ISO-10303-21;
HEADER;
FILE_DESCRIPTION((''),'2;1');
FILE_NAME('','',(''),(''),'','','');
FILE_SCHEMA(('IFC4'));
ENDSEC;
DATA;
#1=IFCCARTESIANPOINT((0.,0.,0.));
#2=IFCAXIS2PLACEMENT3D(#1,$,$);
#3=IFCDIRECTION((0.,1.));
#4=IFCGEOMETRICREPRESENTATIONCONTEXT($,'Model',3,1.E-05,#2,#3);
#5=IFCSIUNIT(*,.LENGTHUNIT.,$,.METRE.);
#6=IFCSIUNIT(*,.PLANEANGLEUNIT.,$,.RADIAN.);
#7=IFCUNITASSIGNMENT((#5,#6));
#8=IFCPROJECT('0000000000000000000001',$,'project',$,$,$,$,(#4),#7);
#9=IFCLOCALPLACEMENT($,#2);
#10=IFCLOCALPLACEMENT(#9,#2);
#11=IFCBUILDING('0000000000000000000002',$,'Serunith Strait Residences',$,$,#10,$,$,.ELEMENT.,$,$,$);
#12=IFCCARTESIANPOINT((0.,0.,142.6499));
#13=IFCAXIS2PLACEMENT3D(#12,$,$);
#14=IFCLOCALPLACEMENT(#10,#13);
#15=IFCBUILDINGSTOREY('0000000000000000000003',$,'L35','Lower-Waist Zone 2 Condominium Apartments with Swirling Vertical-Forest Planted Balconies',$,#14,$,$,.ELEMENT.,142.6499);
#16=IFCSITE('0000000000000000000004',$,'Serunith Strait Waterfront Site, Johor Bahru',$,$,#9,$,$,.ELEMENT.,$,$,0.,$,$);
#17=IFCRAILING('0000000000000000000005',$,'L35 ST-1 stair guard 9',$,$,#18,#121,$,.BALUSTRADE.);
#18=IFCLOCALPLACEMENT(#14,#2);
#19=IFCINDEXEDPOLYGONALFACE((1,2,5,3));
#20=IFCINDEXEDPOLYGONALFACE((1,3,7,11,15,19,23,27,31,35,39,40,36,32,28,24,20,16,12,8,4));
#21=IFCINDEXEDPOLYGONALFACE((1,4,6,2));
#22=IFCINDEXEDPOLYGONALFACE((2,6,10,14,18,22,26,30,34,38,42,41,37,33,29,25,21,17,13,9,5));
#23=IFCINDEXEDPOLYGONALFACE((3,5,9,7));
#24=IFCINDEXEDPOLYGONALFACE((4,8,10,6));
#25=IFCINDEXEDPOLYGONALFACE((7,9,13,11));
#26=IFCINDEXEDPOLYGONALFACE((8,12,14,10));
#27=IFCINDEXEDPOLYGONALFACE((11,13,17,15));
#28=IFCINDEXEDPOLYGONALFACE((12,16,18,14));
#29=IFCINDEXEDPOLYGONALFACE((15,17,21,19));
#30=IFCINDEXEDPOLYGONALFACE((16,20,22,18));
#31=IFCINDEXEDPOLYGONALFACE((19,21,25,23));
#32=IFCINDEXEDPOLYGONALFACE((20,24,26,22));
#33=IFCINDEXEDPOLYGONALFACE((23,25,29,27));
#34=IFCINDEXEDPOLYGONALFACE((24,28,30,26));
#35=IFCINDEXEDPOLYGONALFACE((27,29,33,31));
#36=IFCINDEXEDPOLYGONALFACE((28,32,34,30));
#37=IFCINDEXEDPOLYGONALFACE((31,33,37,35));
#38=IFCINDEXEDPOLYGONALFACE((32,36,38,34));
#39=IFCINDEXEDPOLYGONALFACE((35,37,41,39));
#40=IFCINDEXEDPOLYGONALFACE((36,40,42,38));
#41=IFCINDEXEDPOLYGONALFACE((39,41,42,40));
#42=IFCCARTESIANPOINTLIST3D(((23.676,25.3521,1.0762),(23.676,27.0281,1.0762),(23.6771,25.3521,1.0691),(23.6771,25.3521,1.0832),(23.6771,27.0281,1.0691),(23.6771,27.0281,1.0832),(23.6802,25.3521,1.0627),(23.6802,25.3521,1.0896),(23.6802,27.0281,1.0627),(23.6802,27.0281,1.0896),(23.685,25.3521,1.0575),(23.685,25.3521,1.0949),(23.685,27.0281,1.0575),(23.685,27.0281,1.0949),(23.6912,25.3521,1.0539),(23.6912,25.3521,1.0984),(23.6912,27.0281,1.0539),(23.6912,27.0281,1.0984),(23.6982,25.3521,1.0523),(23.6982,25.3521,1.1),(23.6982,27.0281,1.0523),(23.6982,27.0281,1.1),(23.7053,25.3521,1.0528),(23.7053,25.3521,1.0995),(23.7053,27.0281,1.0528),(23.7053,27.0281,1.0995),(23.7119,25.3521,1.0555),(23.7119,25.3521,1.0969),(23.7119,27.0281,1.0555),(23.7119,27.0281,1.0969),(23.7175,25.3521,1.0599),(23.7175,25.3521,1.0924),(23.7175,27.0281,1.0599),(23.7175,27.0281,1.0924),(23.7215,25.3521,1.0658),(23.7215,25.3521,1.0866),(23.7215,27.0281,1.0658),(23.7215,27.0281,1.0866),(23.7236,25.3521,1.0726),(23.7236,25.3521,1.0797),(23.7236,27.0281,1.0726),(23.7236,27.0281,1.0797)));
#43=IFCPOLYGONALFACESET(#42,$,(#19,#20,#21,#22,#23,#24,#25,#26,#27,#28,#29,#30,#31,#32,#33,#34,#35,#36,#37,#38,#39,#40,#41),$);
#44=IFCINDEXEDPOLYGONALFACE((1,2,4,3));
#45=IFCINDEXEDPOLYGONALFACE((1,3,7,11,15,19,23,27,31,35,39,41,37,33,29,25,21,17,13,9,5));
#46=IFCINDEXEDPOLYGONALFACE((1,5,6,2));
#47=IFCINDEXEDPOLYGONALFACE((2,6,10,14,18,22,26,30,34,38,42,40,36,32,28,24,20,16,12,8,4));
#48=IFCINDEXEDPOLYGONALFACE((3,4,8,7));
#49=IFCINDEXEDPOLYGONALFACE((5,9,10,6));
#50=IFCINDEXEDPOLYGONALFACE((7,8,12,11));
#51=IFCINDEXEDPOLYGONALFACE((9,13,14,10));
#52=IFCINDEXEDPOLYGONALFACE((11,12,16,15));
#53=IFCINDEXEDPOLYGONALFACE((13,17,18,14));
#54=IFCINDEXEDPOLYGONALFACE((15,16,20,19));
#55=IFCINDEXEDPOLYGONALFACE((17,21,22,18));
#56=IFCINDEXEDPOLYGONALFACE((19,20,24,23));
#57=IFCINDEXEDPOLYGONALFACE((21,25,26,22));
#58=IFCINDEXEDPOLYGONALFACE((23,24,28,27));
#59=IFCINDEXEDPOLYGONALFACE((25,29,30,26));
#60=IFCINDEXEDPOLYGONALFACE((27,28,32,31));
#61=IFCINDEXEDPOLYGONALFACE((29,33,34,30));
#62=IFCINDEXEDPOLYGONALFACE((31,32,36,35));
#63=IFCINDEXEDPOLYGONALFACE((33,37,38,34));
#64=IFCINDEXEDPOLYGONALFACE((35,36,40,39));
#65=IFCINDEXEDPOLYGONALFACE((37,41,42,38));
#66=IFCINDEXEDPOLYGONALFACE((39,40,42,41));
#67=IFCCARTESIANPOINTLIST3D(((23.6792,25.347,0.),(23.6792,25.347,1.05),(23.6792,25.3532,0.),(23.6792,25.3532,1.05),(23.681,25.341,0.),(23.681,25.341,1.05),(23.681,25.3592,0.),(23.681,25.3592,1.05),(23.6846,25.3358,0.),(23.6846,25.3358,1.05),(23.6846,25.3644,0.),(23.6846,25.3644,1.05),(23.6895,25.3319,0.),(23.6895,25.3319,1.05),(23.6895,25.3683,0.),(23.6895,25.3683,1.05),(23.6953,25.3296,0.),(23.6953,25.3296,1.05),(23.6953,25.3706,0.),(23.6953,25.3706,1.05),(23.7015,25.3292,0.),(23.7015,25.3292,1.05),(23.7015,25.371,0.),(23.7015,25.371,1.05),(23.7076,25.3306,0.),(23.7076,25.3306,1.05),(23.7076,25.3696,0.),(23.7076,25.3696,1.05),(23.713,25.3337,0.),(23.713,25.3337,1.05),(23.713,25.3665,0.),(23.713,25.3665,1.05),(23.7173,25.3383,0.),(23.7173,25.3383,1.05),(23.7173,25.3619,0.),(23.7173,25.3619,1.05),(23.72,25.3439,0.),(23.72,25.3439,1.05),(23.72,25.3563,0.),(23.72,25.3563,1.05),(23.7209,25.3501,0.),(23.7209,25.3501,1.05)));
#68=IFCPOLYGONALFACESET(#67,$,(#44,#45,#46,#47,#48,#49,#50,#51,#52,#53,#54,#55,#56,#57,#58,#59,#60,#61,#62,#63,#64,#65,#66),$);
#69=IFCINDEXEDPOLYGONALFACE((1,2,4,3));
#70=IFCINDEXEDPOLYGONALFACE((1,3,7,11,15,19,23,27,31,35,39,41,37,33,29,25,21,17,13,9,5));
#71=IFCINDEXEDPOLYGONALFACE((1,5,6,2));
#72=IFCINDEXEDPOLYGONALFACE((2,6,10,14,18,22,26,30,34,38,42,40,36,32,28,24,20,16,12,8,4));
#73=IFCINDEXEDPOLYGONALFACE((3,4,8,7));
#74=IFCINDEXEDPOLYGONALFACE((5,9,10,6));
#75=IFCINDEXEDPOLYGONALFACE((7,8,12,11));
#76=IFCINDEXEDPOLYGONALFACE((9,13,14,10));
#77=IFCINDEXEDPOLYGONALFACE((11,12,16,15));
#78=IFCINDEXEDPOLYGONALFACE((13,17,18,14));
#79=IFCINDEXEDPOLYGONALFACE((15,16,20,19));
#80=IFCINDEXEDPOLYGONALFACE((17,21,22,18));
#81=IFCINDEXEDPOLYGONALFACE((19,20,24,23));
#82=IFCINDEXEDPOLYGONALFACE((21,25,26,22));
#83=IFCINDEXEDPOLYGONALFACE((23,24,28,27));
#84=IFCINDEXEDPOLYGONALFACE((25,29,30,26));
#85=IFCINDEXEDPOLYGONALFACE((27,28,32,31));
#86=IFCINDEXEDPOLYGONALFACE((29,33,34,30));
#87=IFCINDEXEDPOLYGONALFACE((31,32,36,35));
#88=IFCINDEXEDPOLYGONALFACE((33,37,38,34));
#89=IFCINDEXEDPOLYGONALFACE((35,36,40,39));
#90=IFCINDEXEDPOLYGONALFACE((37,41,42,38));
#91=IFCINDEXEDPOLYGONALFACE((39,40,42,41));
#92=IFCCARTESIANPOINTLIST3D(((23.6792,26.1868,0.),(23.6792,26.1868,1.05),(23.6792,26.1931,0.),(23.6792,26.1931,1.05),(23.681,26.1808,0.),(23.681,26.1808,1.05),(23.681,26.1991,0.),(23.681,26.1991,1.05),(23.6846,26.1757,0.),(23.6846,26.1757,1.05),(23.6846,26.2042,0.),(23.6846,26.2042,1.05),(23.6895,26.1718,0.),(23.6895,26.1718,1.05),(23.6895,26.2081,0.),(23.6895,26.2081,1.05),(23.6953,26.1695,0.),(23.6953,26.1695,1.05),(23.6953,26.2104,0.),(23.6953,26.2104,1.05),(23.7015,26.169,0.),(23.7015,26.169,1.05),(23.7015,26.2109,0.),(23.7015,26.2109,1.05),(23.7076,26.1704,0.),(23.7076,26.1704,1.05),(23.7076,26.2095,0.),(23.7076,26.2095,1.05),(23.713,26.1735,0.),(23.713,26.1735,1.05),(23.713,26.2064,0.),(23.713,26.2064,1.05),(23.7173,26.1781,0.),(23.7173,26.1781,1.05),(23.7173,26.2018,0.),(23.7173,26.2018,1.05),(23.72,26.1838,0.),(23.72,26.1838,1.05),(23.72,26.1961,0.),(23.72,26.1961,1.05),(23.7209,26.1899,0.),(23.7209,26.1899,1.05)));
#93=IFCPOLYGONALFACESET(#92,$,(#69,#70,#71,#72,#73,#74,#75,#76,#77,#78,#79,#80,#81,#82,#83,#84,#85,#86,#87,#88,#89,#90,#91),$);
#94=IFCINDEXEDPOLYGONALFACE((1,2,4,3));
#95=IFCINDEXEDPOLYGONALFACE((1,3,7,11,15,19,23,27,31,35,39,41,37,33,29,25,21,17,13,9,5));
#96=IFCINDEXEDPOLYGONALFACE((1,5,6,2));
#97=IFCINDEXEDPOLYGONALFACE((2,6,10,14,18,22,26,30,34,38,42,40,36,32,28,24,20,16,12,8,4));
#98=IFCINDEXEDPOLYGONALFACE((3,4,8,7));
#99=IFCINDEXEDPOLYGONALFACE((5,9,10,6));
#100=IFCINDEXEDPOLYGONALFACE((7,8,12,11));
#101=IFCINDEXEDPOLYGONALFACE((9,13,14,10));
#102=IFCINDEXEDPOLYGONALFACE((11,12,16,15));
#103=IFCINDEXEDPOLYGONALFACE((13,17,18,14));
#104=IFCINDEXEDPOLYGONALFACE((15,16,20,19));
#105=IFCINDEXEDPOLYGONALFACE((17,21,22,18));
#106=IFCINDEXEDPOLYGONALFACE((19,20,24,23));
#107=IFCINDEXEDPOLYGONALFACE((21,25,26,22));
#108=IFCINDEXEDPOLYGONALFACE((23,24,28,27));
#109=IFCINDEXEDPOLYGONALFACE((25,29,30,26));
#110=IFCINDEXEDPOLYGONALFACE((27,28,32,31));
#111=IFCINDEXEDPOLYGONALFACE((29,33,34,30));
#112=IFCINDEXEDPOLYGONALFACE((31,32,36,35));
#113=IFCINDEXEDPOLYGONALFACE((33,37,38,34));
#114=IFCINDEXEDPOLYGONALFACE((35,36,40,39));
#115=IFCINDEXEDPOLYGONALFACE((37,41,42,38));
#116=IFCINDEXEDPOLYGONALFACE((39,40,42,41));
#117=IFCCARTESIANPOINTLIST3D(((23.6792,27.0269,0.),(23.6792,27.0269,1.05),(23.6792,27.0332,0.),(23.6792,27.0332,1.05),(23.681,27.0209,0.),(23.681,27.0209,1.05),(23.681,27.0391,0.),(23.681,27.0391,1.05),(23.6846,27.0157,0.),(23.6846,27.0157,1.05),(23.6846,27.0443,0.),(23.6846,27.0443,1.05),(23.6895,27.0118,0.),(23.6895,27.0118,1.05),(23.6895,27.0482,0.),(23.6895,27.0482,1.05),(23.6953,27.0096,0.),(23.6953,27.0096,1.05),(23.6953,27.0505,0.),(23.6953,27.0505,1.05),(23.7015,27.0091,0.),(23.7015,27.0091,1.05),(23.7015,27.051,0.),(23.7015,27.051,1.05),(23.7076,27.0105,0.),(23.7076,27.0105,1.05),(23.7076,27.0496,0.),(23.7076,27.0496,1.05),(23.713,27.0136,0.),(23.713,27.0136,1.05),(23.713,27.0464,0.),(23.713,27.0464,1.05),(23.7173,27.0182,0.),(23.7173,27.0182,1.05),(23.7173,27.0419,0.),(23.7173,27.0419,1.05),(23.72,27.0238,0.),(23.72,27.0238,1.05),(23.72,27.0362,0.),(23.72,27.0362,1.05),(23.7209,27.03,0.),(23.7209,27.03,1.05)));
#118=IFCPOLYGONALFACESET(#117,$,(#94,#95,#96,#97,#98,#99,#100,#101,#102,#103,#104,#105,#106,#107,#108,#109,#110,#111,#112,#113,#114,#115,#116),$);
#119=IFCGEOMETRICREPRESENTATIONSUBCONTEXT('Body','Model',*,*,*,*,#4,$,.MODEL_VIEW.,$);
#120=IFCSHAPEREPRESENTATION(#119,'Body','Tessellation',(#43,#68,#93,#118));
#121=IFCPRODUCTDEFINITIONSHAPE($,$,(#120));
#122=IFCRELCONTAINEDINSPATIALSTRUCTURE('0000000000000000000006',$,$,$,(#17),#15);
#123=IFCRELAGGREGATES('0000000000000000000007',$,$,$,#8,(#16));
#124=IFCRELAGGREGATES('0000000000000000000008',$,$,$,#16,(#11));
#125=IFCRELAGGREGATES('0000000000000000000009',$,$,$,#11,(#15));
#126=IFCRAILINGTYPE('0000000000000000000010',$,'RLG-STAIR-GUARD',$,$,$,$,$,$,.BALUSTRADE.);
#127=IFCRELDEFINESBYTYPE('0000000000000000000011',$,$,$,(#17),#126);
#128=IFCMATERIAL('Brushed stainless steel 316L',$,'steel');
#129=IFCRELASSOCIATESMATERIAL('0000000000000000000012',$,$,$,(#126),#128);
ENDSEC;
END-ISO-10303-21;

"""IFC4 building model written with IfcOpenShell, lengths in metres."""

from ifc_helpers import new_model, si_unit, direction, frame, origin, origin_2d, place, context, subcontext, project, spatial, circle, extrude, material, type_object, element, save


model = new_model("IFC4")

# Units and contexts
model_context = context("Model", 3, precision=1e-05, world=origin(), true_north=direction((0.0, 1.0)))
body_context = subcontext(model_context, "Body", "Model", "MODEL_VIEW")
ifc_project = project(units=[si_unit("LENGTHUNIT", "METRE"), si_unit("PLANEANGLEUNIT", "RADIAN")], contexts=[model_context])

# Site, building, storey
site_placement = place(None, origin())
site = spatial("IfcSite", under=ifc_project, at=site_placement, Name="Serunith Strait Waterfront Site, Johor Bahru", CompositionType="ELEMENT", RefElevation=0.0)
building_placement = place(site_placement, origin())
building = spatial("IfcBuilding", under=site, at=building_placement, Name="Serunith Strait Residences", CompositionType="ELEMENT")
storey_placement = place(building_placement, frame((0.0, 0.0, 142.6499)))
storey = spatial("IfcBuildingStorey", under=building, at=storey_placement, Name="L35", Description="Lower-Waist Zone 2 Condominium Apartments with Swirling Vertical-Forest Planted Balconies", CompositionType="ELEMENT", Elevation=142.6499)

# Railing
ifc_material_1 = material(Name="Brushed stainless steel 316L", Category="steel")
railing_type_1 = type_object("IfcRailingType", Name="RLG-STAIR-GUARD", PredefinedType="BALUSTRADE", material=ifc_material_1)
for number, where, name in (
    (1, (23.7, 25.3501, 0.0), "L35 ST-1 stair guard 9"),
):
    element("IfcRailing", number, at=place(storey_placement, frame(where)), inside=storey, type_object=railing_type_1, Name=name, PredefinedType="BALUSTRADE", context=body_context, shape_type="SweptSolid", body=[
        extrude(circle(Radius=0.0239, at=origin_2d()), frame((0.0, 0.002, 1.0762), z_axis=(0.0, 1.0, 0.0), x_axis=(-1.0, 0.0, 0.0)), (0.0, 0.0, 1.0), 1.676),
        extrude(circle(Radius=0.021, at=origin_2d()), origin(), (0.0, 0.0, 1.0), 1.05),
        extrude(circle(Radius=0.021, at=origin_2d()), frame((0.0, 0.8398, 0.0)), (0.0, 0.0, 1.0), 1.05),
        extrude(circle(Radius=0.021, at=origin_2d()), frame((0.0, 1.6799, 0.0)), (0.0, 0.0, 1.0), 1.05),
    ])

save(model, "model.ifc")
